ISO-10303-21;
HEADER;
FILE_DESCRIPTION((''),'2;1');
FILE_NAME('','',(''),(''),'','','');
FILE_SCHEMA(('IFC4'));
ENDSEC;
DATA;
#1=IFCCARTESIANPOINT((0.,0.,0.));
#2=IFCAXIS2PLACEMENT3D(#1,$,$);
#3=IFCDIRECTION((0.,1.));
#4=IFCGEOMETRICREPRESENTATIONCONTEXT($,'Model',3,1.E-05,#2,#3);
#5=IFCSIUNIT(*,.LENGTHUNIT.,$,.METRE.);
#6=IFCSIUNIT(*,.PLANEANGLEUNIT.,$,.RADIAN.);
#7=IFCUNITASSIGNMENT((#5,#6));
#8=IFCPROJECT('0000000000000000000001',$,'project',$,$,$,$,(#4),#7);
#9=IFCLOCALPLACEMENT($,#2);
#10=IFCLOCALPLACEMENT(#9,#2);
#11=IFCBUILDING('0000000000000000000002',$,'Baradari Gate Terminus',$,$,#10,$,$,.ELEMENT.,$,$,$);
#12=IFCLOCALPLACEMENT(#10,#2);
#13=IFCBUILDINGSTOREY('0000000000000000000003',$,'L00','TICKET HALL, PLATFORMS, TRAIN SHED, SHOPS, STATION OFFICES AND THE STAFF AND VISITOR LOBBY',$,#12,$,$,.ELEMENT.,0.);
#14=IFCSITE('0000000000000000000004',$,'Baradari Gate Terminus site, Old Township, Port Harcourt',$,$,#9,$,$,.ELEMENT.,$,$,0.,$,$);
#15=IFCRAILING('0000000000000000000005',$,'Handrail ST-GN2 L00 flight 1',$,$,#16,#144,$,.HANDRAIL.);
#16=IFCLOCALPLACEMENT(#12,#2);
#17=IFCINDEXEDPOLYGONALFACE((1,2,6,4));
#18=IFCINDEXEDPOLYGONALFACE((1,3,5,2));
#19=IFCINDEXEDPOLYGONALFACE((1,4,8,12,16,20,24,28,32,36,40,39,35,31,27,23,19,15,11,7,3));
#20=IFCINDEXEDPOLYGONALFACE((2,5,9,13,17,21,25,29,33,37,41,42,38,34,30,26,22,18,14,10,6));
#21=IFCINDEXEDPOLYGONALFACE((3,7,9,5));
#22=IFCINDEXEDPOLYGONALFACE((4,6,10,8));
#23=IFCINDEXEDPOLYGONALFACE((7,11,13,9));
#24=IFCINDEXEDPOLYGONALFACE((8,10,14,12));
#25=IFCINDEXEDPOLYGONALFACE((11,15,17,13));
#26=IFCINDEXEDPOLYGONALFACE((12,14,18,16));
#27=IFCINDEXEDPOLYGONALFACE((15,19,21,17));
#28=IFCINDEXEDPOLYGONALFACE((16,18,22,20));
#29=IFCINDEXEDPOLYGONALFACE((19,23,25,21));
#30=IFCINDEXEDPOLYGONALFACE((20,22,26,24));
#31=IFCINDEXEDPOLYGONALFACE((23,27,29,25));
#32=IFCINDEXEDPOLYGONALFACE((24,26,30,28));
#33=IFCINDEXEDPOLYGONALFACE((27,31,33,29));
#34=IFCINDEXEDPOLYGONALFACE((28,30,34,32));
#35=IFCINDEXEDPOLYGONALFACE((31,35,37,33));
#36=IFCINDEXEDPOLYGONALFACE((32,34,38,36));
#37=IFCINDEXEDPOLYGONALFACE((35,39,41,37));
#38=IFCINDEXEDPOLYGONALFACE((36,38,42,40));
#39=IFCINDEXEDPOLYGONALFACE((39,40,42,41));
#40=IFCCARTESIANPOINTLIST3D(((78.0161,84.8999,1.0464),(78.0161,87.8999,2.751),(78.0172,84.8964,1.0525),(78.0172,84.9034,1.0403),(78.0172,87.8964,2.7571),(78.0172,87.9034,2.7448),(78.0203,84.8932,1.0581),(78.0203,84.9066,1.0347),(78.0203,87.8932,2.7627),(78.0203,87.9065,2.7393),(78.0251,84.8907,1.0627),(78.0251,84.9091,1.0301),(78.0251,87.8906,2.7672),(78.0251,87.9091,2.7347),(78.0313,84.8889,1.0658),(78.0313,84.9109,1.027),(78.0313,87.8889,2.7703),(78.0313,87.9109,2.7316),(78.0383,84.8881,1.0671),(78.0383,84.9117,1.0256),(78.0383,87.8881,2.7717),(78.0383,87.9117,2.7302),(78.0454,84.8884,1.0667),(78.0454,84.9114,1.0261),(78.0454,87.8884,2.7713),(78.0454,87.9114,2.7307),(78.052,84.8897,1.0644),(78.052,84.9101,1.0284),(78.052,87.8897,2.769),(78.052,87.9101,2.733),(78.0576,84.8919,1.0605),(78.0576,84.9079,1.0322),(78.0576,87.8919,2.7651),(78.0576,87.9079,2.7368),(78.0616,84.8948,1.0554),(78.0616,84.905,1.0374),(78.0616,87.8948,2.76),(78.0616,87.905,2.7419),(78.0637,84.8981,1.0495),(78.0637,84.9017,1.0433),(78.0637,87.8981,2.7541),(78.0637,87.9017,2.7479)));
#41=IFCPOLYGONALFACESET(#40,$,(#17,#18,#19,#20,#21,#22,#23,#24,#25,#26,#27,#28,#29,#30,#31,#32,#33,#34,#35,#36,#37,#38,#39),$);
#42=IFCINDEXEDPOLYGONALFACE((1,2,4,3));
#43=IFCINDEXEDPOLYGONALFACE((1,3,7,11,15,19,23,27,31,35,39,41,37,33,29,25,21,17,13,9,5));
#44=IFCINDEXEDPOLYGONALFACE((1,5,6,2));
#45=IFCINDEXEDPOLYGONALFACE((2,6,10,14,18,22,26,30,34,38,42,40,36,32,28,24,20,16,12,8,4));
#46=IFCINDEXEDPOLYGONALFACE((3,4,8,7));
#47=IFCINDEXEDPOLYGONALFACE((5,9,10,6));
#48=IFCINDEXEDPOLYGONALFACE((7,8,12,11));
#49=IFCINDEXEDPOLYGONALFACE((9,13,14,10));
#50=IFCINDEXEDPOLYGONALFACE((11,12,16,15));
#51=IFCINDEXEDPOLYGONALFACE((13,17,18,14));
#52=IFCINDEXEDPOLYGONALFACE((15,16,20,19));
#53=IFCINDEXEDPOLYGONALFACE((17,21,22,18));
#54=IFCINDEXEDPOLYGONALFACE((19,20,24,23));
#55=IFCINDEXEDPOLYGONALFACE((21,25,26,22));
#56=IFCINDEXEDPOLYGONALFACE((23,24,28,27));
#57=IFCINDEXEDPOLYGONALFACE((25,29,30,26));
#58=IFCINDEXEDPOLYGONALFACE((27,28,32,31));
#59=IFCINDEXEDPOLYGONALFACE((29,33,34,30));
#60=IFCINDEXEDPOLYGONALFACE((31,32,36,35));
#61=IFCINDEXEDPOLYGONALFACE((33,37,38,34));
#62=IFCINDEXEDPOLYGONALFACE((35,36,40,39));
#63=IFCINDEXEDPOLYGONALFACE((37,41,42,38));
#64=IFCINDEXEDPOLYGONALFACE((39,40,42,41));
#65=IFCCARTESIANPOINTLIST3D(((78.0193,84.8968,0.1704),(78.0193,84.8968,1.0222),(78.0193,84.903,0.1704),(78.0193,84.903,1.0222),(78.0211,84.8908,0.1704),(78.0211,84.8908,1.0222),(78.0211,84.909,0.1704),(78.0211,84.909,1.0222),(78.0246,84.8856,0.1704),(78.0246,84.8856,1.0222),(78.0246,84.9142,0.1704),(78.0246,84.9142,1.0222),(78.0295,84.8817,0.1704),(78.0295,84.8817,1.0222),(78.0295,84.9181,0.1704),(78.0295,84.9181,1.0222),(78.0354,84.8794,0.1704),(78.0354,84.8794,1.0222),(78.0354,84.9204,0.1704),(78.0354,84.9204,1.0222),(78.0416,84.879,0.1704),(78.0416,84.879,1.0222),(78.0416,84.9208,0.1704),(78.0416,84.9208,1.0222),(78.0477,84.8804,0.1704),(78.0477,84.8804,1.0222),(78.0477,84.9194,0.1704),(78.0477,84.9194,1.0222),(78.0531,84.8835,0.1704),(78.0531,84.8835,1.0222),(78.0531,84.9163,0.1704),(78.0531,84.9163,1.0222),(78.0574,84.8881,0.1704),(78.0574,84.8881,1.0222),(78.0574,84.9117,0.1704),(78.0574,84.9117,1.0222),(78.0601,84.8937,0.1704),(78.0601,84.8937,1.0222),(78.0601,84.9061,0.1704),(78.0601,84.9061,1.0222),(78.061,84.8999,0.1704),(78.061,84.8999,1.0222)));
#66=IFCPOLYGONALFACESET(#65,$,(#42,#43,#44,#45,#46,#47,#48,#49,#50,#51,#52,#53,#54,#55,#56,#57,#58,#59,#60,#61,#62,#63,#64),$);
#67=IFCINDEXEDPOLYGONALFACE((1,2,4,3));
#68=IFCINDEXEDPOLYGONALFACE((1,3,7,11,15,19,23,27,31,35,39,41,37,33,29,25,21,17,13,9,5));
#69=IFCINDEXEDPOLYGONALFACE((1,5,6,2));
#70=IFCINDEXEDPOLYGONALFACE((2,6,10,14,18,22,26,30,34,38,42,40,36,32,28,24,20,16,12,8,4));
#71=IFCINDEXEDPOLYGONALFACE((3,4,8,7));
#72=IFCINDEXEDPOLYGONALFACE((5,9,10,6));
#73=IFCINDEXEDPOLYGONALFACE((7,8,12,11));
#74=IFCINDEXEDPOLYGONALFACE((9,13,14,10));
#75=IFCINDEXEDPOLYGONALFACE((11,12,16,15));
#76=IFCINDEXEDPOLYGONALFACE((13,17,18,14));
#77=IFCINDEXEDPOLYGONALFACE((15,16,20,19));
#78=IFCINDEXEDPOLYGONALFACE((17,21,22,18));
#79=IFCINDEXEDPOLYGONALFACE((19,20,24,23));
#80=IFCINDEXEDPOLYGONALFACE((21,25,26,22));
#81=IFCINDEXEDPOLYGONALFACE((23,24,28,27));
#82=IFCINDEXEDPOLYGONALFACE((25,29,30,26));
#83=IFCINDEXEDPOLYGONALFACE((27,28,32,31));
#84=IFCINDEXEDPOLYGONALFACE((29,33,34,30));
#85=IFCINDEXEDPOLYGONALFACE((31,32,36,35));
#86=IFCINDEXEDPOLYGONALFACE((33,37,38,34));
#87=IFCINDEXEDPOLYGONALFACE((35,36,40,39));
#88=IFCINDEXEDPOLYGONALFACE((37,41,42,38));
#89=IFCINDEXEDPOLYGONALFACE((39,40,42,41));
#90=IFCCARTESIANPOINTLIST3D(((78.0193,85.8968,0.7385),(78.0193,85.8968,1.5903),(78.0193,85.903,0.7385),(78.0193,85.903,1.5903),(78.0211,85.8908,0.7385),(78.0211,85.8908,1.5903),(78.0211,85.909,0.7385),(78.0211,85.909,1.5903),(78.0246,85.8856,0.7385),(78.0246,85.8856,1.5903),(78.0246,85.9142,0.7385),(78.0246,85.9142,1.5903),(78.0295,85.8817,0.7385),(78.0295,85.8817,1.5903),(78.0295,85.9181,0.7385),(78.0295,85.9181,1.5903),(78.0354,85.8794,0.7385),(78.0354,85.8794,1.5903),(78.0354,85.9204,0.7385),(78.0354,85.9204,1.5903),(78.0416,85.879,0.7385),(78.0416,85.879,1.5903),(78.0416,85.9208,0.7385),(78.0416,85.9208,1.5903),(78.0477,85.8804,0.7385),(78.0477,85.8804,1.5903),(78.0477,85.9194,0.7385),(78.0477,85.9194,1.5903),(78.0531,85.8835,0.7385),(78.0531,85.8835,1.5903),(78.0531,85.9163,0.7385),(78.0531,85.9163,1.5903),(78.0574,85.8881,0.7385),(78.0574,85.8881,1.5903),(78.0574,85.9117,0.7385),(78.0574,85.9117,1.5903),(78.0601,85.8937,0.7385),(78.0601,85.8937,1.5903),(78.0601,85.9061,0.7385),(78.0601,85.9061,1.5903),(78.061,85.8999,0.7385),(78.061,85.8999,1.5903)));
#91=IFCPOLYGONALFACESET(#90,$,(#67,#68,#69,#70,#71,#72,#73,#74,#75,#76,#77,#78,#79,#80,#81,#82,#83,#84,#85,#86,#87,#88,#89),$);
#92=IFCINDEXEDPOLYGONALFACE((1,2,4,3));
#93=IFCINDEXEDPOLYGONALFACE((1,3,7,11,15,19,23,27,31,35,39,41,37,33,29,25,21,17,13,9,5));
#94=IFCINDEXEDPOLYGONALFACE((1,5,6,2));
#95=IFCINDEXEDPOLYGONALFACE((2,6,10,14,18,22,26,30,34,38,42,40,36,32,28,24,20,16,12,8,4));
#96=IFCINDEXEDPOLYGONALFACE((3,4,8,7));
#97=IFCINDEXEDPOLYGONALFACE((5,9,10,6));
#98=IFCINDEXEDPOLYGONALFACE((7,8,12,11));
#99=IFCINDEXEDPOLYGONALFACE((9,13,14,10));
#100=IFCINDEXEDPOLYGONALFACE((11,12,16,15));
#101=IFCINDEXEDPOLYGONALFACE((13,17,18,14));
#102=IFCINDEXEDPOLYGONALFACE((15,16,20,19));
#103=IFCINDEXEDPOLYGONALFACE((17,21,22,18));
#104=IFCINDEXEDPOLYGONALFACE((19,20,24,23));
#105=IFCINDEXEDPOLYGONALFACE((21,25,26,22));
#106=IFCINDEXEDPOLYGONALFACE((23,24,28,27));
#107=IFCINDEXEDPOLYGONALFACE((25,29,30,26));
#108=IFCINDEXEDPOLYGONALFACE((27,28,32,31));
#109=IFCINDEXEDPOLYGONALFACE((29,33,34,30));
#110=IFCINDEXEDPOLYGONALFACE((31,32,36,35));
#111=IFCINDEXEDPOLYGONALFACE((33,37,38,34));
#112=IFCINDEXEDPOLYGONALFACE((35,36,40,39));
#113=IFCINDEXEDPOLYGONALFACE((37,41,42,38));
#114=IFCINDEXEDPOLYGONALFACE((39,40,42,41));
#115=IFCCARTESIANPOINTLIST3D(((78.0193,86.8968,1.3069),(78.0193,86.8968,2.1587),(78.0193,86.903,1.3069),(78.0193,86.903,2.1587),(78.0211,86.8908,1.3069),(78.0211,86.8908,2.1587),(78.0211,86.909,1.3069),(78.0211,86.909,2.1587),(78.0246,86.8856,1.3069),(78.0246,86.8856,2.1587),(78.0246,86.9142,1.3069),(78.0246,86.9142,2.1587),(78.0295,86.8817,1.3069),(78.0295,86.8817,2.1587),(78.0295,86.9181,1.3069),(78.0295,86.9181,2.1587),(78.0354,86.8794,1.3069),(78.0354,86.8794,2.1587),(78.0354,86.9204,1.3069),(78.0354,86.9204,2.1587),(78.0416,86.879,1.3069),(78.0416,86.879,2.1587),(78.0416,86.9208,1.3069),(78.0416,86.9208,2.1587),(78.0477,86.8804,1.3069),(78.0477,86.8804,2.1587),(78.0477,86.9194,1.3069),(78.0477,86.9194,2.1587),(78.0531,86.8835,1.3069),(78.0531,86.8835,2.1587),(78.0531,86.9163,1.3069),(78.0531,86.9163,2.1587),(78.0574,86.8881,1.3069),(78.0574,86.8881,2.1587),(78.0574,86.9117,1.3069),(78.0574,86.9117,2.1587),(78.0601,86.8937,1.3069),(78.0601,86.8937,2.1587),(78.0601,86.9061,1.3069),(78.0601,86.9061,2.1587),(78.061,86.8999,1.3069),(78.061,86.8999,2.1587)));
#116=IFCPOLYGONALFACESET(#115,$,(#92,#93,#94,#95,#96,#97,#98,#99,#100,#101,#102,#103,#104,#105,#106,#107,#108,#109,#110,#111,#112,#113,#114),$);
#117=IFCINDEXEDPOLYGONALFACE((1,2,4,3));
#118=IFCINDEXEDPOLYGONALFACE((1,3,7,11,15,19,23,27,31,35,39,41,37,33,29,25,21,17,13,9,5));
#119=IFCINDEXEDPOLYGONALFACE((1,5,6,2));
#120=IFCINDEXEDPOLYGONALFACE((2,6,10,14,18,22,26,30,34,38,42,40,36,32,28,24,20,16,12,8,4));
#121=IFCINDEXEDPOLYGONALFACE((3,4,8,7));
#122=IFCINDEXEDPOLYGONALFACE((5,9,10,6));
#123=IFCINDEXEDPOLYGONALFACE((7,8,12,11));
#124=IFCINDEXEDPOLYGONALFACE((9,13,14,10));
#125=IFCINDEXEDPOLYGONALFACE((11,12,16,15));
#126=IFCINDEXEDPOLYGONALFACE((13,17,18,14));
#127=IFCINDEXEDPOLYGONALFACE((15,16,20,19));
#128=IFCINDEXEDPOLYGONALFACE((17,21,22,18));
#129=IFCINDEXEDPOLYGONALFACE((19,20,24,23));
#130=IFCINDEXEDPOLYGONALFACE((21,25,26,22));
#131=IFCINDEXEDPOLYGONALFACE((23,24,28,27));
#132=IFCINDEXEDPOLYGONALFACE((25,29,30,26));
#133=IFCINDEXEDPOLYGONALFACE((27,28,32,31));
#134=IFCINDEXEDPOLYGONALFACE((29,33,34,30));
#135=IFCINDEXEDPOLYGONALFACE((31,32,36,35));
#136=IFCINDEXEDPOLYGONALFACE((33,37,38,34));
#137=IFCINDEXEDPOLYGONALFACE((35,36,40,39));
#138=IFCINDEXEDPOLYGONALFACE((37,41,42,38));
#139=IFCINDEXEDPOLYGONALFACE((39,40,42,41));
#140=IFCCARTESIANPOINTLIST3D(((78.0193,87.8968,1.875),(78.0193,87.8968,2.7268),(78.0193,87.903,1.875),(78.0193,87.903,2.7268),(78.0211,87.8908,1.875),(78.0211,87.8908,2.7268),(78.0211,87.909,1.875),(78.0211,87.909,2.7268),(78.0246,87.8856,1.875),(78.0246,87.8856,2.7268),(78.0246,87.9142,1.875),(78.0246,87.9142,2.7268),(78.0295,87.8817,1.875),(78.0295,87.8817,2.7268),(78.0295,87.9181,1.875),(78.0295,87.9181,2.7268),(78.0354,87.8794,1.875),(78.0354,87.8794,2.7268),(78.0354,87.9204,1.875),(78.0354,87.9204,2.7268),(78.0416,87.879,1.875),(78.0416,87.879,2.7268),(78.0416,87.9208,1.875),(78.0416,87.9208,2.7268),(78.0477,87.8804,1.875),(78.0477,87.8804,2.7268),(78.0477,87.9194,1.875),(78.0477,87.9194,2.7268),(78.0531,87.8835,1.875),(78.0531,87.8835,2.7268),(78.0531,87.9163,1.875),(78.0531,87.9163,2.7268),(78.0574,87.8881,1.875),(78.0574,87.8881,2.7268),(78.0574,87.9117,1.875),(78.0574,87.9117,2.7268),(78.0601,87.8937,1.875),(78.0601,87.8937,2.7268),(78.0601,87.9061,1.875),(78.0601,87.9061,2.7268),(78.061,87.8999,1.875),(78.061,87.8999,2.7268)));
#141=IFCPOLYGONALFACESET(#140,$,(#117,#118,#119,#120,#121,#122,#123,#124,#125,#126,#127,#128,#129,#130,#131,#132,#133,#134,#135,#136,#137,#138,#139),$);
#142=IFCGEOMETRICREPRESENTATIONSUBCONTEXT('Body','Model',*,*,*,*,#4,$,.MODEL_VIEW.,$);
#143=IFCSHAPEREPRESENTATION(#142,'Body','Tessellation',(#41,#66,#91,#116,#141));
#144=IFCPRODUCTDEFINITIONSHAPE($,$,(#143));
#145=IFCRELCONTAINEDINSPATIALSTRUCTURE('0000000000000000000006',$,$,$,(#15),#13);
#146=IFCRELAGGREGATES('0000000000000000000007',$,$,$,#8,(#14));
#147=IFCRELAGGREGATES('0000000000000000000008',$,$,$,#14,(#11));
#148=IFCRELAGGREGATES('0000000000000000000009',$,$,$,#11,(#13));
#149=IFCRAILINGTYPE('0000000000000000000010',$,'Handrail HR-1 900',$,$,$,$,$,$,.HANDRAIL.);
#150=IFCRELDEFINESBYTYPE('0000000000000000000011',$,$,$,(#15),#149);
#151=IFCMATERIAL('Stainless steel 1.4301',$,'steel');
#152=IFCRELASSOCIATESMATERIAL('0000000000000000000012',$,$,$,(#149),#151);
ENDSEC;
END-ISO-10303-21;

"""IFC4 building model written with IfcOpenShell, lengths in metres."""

from ifc_helpers import new_model, si_unit, direction, frame, origin, origin_2d, place, context, subcontext, project, spatial, circle, extrude, material, type_object, element, save


model = new_model("IFC4")

# Units and contexts
model_context = context("Model", 3, precision=1e-05, world=origin(), true_north=direction((0.0, 1.0)))
body_context = subcontext(model_context, "Body", "Model", "MODEL_VIEW")
ifc_project = project(units=[si_unit("LENGTHUNIT", "METRE"), si_unit("PLANEANGLEUNIT", "RADIAN")], contexts=[model_context])

# Site, building, storey
site_placement = place(None, origin())
site = spatial("IfcSite", under=ifc_project, at=site_placement, Name="Baradari Gate Terminus site, Old Township, Port Harcourt", CompositionType="ELEMENT", RefElevation=0.0)
building_placement = place(site_placement, origin())
building = spatial("IfcBuilding", under=site, at=building_placement, Name="Baradari Gate Terminus", CompositionType="ELEMENT")
storey_placement = place(building_placement, origin())
storey = spatial("IfcBuildingStorey", under=building, at=storey_placement, Name="L00", Description="TICKET HALL, PLATFORMS, TRAIN SHED, SHOPS, STATION OFFICES AND THE STAFF AND VISITOR LOBBY", CompositionType="ELEMENT", Elevation=0.0)

# Railing
ifc_material_1 = material(Name="Stainless steel 1.4301", Category="steel")
railing_type_1 = type_object("IfcRailingType", Name="Handrail HR-1 900", PredefinedType="HANDRAIL", material=ifc_material_1)
for number, where, name in (
    (1, (78.04, 84.8999, 0.1704), "Handrail ST-GN2 L00 flight 1"),
):
    element("IfcRailing", number, at=place(storey_placement, frame(where)), inside=storey, type_object=railing_type_1, Name=name, PredefinedType="HANDRAIL", context=body_context, shape_type="SweptSolid", body=[
        extrude(circle(Radius=0.0239, at=origin_2d()), frame((0.0, 0.0, 0.876), z_axis=(0.0, 0.869451, 0.494019), x_axis=(-1.0, 0.0, 0.0)), (0.0, 0.0, 1.0), 3.4504),
        extrude(circle(Radius=0.021, at=origin_2d()), origin(), (0.0, 0.0, 1.0), 0.8518),
        extrude(circle(Radius=0.021, at=origin_2d()), frame((0.0, 1.0, 0.5681)), (0.0, 0.0, 1.0), 0.8518),
        extrude(circle(Radius=0.021, at=origin_2d()), frame((0.0, 2.0, 1.1365)), (0.0, 0.0, 1.0), 0.8518),
        extrude(circle(Radius=0.021, at=origin_2d()), frame((0.0, 3.0, 1.7046)), (0.0, 0.0, 1.0), 0.8518),
    ])

save(model, "model.ifc")
